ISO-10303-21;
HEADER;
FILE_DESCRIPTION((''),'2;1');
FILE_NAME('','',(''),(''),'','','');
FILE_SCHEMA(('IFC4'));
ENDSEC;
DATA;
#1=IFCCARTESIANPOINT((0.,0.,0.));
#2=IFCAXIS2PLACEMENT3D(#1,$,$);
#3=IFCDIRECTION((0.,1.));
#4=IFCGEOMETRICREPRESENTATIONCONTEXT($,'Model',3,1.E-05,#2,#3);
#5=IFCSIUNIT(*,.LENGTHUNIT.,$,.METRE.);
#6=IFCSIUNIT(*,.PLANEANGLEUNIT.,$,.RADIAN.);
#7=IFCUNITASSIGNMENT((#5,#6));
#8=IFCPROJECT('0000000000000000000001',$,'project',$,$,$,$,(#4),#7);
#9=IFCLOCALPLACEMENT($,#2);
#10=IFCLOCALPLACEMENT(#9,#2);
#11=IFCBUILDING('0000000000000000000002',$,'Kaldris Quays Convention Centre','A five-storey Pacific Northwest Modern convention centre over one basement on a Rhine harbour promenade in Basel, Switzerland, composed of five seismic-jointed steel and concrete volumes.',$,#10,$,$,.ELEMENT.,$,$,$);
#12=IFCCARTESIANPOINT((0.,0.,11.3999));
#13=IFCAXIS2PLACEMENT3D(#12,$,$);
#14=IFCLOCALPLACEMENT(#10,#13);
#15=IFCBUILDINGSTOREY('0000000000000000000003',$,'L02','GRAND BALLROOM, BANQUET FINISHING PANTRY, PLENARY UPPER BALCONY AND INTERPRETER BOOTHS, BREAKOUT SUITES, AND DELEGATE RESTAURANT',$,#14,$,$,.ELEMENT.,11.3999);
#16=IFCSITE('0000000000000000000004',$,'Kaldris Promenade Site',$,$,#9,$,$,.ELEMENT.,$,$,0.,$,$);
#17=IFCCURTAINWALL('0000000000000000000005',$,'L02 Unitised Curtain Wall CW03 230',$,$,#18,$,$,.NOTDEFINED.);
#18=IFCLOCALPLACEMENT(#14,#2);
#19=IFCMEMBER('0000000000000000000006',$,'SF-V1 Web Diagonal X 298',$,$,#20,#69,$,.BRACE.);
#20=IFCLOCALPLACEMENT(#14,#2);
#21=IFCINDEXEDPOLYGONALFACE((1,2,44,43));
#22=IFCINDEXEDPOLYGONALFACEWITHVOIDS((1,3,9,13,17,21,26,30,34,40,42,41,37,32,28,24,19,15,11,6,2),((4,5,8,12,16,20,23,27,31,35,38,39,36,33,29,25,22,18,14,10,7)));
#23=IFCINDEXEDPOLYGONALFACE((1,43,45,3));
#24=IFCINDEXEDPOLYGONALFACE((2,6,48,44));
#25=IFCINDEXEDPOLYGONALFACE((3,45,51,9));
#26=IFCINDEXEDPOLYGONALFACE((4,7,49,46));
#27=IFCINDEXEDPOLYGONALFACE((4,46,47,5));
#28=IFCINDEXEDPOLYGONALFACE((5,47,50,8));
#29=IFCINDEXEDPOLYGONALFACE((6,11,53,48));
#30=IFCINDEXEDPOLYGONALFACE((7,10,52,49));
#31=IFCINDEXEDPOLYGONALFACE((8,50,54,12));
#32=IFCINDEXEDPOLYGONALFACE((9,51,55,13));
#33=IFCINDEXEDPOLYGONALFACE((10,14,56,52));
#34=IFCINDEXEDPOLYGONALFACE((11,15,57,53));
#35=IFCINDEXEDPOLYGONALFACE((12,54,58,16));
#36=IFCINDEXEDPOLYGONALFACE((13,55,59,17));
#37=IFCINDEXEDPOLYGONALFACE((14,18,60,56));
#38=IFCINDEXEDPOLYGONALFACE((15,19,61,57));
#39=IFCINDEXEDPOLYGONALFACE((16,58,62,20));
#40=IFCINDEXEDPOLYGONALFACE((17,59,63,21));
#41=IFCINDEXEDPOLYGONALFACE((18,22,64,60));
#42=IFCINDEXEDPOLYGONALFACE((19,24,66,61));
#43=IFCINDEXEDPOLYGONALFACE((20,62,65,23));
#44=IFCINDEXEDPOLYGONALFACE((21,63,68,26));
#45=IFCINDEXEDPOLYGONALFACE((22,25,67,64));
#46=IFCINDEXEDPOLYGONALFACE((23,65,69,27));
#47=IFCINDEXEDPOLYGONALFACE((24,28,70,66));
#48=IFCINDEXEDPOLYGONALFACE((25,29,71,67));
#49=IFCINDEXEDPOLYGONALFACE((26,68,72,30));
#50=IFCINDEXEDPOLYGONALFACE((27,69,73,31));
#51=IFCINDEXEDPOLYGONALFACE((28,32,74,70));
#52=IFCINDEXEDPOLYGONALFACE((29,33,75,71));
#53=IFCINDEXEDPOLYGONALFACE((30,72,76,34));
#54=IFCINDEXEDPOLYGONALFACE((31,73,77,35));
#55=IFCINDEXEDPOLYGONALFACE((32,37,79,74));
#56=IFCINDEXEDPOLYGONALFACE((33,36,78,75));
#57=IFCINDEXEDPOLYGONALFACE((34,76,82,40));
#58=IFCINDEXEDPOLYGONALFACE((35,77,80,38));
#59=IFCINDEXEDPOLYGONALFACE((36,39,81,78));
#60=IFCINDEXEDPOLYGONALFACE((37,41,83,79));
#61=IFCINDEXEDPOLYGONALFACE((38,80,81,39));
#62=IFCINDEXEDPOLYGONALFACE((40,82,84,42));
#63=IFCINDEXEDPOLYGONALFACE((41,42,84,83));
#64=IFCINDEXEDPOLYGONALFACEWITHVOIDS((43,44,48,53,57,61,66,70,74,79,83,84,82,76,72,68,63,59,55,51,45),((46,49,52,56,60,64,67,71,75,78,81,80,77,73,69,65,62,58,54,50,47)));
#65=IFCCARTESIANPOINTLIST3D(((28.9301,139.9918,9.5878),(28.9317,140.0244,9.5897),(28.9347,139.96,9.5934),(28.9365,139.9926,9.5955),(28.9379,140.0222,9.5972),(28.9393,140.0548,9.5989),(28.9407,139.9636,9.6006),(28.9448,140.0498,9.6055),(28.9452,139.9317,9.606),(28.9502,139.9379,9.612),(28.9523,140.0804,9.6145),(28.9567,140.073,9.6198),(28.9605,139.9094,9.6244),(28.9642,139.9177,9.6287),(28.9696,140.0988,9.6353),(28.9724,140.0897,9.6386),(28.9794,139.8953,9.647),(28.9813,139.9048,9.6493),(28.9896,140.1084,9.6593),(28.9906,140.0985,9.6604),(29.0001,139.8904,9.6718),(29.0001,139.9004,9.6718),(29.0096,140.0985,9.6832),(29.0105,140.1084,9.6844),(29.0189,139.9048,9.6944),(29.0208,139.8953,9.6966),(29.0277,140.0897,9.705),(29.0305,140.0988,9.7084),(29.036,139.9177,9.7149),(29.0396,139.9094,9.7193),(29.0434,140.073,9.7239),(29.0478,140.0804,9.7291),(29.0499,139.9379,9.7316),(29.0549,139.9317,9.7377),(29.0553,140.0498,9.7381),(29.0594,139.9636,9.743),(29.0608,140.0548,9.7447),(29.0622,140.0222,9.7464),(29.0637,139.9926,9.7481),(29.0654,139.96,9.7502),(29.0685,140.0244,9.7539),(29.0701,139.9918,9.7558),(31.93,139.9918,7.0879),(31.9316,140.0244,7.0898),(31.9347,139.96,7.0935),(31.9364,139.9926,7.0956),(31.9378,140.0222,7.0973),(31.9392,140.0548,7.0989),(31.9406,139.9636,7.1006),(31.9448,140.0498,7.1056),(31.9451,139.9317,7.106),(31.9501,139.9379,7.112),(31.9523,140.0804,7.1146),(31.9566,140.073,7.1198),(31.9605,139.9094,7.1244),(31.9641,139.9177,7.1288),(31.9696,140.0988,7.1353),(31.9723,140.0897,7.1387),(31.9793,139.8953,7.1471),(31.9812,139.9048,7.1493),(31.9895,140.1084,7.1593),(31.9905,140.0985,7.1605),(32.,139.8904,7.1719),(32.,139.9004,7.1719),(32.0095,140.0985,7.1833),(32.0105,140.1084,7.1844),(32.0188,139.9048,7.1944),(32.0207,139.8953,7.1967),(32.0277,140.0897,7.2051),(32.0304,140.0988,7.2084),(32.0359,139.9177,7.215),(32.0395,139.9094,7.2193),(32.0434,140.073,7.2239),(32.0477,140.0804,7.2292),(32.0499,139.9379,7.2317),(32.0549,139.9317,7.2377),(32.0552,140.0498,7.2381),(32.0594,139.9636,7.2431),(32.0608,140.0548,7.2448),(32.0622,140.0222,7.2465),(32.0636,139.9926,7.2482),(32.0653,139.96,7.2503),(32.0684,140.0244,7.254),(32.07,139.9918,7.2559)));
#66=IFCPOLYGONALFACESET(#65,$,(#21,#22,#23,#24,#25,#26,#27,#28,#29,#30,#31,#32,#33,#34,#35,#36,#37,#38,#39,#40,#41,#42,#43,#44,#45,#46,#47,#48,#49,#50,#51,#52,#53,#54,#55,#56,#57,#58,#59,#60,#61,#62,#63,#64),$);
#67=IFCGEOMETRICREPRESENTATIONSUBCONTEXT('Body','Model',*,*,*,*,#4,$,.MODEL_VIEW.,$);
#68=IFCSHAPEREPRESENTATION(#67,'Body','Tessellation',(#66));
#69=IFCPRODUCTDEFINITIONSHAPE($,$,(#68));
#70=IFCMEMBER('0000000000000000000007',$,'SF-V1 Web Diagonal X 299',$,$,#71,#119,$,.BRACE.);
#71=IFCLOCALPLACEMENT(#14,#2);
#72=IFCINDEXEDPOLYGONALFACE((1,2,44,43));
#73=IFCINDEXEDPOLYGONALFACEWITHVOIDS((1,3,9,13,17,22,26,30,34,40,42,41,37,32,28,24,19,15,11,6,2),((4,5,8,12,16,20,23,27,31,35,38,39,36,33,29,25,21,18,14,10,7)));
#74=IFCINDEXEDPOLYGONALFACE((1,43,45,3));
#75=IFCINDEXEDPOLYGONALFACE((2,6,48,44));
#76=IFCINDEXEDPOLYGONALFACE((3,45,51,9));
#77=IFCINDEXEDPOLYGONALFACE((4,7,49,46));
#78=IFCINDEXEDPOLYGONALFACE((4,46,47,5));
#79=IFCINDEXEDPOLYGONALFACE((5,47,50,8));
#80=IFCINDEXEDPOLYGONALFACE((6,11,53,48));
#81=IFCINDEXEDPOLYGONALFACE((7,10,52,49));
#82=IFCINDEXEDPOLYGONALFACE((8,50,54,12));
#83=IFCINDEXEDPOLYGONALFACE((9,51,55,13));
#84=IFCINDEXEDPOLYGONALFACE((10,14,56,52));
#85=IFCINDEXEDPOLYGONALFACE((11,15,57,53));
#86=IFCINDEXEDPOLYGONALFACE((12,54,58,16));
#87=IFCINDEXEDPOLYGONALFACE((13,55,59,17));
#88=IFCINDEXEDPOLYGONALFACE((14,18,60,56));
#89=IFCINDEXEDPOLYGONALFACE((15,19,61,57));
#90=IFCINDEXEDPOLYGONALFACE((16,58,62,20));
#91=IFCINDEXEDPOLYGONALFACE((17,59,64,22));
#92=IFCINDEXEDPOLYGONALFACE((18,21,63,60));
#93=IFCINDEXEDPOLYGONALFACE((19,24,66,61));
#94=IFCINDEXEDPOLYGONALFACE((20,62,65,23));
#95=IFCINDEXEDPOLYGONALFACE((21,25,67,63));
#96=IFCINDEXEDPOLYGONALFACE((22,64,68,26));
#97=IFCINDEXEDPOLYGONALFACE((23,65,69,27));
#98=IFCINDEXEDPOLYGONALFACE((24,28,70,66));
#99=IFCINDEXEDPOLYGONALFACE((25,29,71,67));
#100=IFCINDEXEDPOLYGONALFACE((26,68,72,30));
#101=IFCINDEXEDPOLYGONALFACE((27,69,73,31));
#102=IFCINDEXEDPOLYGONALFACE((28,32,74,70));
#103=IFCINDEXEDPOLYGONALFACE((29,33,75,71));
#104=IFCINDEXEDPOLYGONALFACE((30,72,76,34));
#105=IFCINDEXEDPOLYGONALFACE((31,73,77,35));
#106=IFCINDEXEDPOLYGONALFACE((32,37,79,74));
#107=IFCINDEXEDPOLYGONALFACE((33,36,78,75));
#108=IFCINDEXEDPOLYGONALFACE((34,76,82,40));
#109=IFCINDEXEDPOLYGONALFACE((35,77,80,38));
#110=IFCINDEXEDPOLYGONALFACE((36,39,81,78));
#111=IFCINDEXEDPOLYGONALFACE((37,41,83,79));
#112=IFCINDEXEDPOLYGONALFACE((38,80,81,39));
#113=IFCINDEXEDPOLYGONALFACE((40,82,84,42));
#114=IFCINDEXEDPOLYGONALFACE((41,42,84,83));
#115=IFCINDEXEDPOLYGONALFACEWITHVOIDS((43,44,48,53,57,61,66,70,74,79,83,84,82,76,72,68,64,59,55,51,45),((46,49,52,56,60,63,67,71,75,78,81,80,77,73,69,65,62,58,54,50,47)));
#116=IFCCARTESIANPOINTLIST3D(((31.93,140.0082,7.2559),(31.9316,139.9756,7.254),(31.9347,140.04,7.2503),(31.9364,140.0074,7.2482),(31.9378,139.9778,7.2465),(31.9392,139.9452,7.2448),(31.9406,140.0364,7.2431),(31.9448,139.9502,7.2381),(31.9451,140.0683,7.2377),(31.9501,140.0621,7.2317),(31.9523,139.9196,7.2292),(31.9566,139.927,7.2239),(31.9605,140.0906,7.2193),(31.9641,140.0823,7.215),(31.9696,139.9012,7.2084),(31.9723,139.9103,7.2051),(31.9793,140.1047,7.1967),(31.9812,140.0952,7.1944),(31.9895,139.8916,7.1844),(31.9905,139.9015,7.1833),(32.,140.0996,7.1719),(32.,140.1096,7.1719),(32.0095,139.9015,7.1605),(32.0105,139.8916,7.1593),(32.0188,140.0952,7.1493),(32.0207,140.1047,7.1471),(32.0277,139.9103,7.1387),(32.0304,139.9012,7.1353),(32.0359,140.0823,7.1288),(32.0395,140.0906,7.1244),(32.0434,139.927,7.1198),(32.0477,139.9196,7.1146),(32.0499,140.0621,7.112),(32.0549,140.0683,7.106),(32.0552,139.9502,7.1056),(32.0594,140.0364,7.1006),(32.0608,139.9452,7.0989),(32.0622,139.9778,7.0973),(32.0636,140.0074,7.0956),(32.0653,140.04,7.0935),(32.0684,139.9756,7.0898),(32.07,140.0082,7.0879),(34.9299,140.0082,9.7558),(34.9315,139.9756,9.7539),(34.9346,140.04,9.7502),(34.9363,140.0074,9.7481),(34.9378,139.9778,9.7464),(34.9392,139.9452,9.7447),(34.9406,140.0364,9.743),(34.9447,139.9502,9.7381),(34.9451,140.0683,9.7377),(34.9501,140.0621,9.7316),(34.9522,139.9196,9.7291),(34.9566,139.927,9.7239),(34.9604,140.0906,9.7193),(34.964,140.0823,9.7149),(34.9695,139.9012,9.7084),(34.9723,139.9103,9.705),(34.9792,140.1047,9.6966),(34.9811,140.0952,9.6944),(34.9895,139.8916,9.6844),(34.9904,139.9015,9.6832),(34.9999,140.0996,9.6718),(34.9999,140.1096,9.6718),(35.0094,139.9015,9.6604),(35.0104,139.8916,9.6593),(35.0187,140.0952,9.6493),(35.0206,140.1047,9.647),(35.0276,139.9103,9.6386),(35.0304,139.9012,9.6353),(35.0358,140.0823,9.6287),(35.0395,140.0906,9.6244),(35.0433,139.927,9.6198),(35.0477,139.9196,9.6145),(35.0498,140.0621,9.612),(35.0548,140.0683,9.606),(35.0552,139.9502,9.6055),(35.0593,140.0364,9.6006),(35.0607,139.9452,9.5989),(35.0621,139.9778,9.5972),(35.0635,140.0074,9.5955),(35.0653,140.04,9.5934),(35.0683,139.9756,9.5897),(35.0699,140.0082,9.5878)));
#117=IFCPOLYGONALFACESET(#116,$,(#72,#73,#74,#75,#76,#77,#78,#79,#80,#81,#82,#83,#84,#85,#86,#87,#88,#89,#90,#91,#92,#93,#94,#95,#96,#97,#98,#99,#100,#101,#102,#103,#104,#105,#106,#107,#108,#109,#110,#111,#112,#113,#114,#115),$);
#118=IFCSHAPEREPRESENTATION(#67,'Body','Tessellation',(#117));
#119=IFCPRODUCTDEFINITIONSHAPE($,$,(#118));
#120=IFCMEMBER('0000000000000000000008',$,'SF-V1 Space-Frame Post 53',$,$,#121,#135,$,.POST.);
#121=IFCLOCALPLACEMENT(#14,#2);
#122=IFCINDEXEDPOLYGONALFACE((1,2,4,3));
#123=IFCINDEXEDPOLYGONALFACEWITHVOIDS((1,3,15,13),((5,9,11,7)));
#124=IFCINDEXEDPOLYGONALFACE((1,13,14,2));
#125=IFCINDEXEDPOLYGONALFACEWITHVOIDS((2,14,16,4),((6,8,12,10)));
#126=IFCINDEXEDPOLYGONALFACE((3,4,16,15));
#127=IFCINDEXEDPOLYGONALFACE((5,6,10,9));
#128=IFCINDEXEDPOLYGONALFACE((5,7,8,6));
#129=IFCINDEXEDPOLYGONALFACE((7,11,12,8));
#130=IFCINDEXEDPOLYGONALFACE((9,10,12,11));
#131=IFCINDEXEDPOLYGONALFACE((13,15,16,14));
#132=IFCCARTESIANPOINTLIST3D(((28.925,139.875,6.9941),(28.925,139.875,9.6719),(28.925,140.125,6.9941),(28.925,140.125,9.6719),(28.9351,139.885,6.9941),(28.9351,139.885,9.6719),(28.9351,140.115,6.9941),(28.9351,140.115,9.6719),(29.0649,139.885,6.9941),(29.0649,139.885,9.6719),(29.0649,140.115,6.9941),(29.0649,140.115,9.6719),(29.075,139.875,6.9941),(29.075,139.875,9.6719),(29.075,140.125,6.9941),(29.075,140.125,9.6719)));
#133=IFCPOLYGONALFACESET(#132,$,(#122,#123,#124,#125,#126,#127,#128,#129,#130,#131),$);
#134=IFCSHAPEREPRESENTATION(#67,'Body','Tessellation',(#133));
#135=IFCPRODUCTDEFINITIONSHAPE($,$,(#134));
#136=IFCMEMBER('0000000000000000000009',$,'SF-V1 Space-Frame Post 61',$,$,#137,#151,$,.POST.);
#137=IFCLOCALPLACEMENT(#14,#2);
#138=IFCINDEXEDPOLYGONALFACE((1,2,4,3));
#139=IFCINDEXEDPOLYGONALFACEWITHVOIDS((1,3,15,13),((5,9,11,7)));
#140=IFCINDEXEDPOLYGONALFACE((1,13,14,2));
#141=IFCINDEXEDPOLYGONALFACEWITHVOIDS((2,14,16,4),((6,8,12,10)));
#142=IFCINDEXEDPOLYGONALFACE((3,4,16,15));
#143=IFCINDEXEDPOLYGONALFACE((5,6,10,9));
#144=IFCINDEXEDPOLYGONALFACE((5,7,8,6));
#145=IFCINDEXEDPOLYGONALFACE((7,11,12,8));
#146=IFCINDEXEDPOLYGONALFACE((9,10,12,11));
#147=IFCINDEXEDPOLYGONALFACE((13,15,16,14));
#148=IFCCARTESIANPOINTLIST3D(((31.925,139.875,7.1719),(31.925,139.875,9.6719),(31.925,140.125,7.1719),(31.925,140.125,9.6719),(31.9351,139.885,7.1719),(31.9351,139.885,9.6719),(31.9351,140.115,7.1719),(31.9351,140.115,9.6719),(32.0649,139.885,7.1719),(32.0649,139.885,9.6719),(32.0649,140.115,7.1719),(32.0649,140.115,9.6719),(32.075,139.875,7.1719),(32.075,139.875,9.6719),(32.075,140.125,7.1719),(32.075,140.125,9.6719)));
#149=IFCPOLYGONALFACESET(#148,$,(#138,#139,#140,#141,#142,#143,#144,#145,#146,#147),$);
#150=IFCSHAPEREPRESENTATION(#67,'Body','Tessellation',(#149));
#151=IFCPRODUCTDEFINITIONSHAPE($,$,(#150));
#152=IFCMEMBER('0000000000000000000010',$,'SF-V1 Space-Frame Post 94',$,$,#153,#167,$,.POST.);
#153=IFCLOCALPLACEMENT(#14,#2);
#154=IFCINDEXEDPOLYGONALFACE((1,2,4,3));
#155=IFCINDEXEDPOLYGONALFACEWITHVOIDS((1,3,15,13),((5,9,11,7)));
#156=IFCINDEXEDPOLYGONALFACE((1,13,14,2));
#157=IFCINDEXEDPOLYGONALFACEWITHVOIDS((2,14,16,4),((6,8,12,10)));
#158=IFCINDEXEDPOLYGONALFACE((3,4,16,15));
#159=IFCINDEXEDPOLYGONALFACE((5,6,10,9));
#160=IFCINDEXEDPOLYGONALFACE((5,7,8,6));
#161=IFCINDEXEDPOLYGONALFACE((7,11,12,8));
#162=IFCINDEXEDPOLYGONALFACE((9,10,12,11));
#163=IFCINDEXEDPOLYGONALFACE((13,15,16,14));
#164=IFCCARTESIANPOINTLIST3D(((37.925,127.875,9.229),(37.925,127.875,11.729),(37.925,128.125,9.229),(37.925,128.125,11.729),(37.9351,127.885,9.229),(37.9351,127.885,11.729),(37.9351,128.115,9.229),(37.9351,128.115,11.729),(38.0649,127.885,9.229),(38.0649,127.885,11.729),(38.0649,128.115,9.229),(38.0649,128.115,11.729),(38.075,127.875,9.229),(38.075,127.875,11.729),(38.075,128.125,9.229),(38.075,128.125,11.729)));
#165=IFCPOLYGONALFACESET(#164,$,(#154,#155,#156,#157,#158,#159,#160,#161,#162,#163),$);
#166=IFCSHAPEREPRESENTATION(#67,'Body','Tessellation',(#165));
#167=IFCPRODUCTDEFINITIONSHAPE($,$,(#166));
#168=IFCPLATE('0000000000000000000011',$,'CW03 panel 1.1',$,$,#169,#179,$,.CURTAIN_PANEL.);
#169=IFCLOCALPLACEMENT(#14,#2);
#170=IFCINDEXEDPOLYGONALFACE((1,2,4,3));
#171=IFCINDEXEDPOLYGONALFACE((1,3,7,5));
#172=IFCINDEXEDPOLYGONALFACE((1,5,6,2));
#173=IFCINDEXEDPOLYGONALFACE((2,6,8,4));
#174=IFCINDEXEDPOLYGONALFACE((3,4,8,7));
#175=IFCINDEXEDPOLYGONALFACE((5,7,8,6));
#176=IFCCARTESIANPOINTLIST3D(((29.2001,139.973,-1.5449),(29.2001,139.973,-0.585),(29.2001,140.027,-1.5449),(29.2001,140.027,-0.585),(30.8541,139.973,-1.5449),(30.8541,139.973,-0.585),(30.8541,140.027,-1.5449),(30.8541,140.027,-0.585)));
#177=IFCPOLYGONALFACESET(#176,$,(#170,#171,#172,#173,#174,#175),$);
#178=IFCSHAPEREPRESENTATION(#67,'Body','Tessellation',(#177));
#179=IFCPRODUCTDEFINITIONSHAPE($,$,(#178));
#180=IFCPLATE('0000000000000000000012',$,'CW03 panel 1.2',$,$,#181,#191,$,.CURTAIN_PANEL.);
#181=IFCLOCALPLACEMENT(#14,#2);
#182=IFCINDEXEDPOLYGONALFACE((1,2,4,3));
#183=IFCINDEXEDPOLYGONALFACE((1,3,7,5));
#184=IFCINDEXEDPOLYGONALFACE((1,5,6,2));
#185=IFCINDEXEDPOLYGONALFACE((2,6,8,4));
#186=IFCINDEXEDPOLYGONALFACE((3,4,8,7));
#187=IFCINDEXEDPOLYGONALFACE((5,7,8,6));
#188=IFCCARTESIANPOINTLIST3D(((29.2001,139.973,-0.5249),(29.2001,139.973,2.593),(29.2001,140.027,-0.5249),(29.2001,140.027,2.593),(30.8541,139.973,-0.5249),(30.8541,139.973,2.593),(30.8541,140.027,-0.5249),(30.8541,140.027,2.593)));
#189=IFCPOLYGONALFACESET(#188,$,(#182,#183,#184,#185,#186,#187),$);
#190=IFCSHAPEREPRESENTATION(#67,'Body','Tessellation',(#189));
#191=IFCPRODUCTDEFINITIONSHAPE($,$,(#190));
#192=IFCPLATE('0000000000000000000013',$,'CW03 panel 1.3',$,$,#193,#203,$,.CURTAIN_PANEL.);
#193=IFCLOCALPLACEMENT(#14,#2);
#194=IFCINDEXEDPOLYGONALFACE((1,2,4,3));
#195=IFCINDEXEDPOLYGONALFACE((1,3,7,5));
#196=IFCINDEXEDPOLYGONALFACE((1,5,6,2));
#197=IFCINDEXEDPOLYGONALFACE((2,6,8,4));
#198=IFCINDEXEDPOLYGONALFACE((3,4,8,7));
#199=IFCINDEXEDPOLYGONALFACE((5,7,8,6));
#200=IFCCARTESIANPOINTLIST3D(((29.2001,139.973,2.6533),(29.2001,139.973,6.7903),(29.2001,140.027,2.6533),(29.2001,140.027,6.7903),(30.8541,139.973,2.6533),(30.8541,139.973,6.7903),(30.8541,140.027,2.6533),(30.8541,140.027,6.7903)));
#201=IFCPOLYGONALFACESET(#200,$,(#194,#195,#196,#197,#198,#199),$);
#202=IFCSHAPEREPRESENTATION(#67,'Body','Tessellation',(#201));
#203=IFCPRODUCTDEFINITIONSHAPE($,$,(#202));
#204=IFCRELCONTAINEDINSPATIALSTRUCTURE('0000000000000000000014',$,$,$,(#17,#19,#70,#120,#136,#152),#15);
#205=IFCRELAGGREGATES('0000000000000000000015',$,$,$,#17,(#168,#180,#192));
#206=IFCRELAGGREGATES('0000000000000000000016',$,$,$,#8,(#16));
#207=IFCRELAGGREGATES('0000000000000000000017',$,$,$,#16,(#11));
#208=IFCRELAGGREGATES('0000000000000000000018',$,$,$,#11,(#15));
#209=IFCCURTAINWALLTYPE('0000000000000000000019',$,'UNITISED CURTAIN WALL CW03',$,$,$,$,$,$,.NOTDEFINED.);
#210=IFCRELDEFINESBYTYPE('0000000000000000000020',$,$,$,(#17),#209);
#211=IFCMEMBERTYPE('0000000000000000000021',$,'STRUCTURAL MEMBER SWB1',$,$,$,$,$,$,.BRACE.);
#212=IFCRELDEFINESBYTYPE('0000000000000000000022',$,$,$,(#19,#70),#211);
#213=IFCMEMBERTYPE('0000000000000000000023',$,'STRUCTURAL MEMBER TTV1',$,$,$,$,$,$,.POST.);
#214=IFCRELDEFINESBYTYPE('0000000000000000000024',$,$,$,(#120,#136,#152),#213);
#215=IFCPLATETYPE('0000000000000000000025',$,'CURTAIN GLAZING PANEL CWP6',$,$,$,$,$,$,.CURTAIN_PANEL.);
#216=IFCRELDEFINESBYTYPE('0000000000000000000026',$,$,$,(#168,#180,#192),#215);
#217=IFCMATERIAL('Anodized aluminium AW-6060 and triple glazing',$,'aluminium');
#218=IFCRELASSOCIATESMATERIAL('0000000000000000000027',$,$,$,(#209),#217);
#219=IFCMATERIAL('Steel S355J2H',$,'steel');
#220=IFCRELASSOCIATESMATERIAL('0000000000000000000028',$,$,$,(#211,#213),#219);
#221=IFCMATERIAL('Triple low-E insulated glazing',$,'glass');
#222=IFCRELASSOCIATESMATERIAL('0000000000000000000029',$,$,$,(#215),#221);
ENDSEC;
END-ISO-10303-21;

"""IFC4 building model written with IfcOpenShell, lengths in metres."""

from ifc_helpers import new_model, si_unit, direction, frame, origin, origin_2d, place, context, subcontext, project, spatial, rectangle, hollow_rectangle, hollow_circle, extrude, material, material_profile, profile_set, type_object, element, aggregate, save


model = new_model("IFC4")

# Units and contexts
model_context = context("Model", 3, precision=1e-05, world=origin(), true_north=direction((0.0, 1.0)))
body_context = subcontext(model_context, "Body", "Model", "MODEL_VIEW")
ifc_project = project(units=[si_unit("LENGTHUNIT", "METRE"), si_unit("PLANEANGLEUNIT", "RADIAN")], contexts=[model_context])

# Site, building, storey
site_placement = place(None, origin())
site = spatial("IfcSite", under=ifc_project, at=site_placement, Name="Kaldris Promenade Site", CompositionType="ELEMENT", RefElevation=0.0)
building_placement = place(site_placement, origin())
building = spatial("IfcBuilding", under=site, at=building_placement, Name="Kaldris Quays Convention Centre", Description="A five-storey Pacific Northwest Modern convention centre over one basement on a Rhine harbour promenade in Basel, Switzerland, composed of five seismic-jointed steel and concrete volumes.", CompositionType="ELEMENT")
storey_placement = place(building_placement, frame((0.0, 0.0, 11.3999)))
storey = spatial("IfcBuildingStorey", under=building, at=storey_placement, Name="L02", Description="GRAND BALLROOM, BANQUET FINISHING PANTRY, PLENARY UPPER BALCONY AND INTERPRETER BOOTHS, BREAKOUT SUITES, AND DELEGATE RESTAURANT", CompositionType="ELEMENT", Elevation=11.3999)

# Curtain wall
ifc_material_1 = material(Name="Anodized aluminium AW-6060 and triple glazing", Category="aluminium")
curtain_wall_type = type_object("IfcCurtainWallType", Name="UNITISED CURTAIN WALL CW03", PredefinedType="NOTDEFINED", material=ifc_material_1)
curtain_wall_placement = place(storey_placement, origin())
curtain_wall = element("IfcCurtainWall", 1, at=curtain_wall_placement, inside=storey, type_object=curtain_wall_type, Name="L02 Unitised Curtain Wall CW03 230", PredefinedType="NOTDEFINED")

# Members
ifc_material_2 = material(Name="Steel S355J2H", Category="steel")
ifc_material_profile_1 = material_profile(ifc_material_2, hollow_circle(Radius=0.1096, WallThickness=0.01, at=origin_2d()), Name="CHS 219.1x10")
ifc_profile_set_1 = profile_set([ifc_material_profile_1], Name="Steel S355J2H")
member_type_1 = type_object("IfcMemberType", Name="STRUCTURAL MEMBER SWB1", PredefinedType="BRACE", material=ifc_profile_set_1)
for number, where, z_axis, x_axis, name in (
    (2, (32.0, 140.0, 7.1719), (-0.768221, 0.0, 0.640184), (0.0, -1.0, 0.0), "SF-V1 Web Diagonal X 298"),
    (3, (32.0, 140.0, 7.1719), (0.768221, 0.0, 0.640184), (0.0, 1.0, 0.0), "SF-V1 Web Diagonal X 299"),
):
    element("IfcMember", number, at=place(storey_placement, frame(where, z_axis=z_axis, x_axis=x_axis)), inside=storey, type_object=member_type_1, Name=name, PredefinedType="BRACE", context=body_context, shape_type="SweptSolid", body=[
        extrude(hollow_circle(Radius=0.1096, WallThickness=0.01, at=origin_2d()), origin(), (0.0, 0.0, 1.0), 3.905),
    ])
ifc_material_profile_2 = material_profile(ifc_material_2, hollow_rectangle(XDim=0.1499, YDim=0.25, WallThickness=0.01, at=origin_2d()), Name="RHS 250x150x10")
ifc_profile_set_2 = profile_set([ifc_material_profile_2], Name="Steel S355J2H")
member_type_2 = type_object("IfcMemberType", Name="STRUCTURAL MEMBER TTV1", PredefinedType="POST", material=ifc_profile_set_2)
member_1_placement = place(storey_placement, frame((29.0, 140.0, 6.9941), z_axis=(0.0, 0.0, 1.0), x_axis=(1.0, 0.0, 0.0)))
element("IfcMember", 4, at=member_1_placement, inside=storey, type_object=member_type_2, Name="SF-V1 Space-Frame Post 53", PredefinedType="POST", context=body_context, shape_type="SweptSolid", body=[
    extrude(hollow_rectangle(XDim=0.1499, YDim=0.25, WallThickness=0.01, at=origin_2d()), origin(), (0.0, 0.0, 1.0), 2.6777),
])
for number, where, z_axis, x_axis, name in (
    (5, (32.0, 140.0, 7.1719), (0.0, 0.0, 1.0), (1.0, 0.0, 0.0), "SF-V1 Space-Frame Post 61"),
    (6, (38.0, 128.0, 9.229), (0.0, 0.0, 1.0), (1.0, 0.0, 0.0), "SF-V1 Space-Frame Post 94"),
):
    element("IfcMember", number, at=place(storey_placement, frame(where, z_axis=z_axis, x_axis=x_axis)), inside=storey, type_object=member_type_2, Name=name, PredefinedType="POST", context=body_context, shape_type="SweptSolid", body=[
        extrude(hollow_rectangle(XDim=0.1499, YDim=0.25, WallThickness=0.01, at=origin_2d()), origin(), (0.0, 0.0, 1.0), 2.5),
    ])

# Plates
ifc_material_3 = material(Name="Triple low-E insulated glazing", Category="glass")
plate_type = type_object("IfcPlateType", Name="CURTAIN GLAZING PANEL CWP6", PredefinedType="CURTAIN_PANEL", material=ifc_material_3)
plate_1_placement = place(storey_placement, frame((30.0271, 140.0, -1.5449), z_axis=(0.0, 0.0, 1.0), x_axis=(1.0, 0.0, 0.0)))
plate_1 = element("IfcPlate", 7, at=plate_1_placement, type_object=plate_type, Name="CW03 panel 1.1", PredefinedType="CURTAIN_PANEL", context=body_context, shape_type="SweptSolid", body=[
    extrude(rectangle(XDim=1.6541, YDim=0.054, at=origin_2d()), origin(), (0.0, 0.0, 1.0), 0.96),
])
plate_2_placement = place(storey_placement, frame((30.0271, 140.0, -0.5249), z_axis=(0.0, 0.0, 1.0), x_axis=(1.0, 0.0, 0.0)))
plate_2 = element("IfcPlate", 8, at=plate_2_placement, type_object=plate_type, Name="CW03 panel 1.2", PredefinedType="CURTAIN_PANEL", context=body_context, shape_type="SweptSolid", body=[
    extrude(rectangle(XDim=1.6541, YDim=0.054, at=origin_2d()), origin(), (0.0, 0.0, 1.0), 3.1179),
])
plate_3_placement = place(storey_placement, frame((30.0271, 140.0, 2.6533), z_axis=(0.0, 0.0, 1.0), x_axis=(1.0, 0.0, 0.0)))
plate_3 = element("IfcPlate", 9, at=plate_3_placement, type_object=plate_type, Name="CW03 panel 1.3", PredefinedType="CURTAIN_PANEL", context=body_context, shape_type="SweptSolid", body=[
    extrude(rectangle(XDim=1.6541, YDim=0.054, at=origin_2d()), origin(), (0.0, 0.0, 1.0), 4.137),
])
aggregate(curtain_wall, [plate_1, plate_2, plate_3])

save(model, "model.ifc")
